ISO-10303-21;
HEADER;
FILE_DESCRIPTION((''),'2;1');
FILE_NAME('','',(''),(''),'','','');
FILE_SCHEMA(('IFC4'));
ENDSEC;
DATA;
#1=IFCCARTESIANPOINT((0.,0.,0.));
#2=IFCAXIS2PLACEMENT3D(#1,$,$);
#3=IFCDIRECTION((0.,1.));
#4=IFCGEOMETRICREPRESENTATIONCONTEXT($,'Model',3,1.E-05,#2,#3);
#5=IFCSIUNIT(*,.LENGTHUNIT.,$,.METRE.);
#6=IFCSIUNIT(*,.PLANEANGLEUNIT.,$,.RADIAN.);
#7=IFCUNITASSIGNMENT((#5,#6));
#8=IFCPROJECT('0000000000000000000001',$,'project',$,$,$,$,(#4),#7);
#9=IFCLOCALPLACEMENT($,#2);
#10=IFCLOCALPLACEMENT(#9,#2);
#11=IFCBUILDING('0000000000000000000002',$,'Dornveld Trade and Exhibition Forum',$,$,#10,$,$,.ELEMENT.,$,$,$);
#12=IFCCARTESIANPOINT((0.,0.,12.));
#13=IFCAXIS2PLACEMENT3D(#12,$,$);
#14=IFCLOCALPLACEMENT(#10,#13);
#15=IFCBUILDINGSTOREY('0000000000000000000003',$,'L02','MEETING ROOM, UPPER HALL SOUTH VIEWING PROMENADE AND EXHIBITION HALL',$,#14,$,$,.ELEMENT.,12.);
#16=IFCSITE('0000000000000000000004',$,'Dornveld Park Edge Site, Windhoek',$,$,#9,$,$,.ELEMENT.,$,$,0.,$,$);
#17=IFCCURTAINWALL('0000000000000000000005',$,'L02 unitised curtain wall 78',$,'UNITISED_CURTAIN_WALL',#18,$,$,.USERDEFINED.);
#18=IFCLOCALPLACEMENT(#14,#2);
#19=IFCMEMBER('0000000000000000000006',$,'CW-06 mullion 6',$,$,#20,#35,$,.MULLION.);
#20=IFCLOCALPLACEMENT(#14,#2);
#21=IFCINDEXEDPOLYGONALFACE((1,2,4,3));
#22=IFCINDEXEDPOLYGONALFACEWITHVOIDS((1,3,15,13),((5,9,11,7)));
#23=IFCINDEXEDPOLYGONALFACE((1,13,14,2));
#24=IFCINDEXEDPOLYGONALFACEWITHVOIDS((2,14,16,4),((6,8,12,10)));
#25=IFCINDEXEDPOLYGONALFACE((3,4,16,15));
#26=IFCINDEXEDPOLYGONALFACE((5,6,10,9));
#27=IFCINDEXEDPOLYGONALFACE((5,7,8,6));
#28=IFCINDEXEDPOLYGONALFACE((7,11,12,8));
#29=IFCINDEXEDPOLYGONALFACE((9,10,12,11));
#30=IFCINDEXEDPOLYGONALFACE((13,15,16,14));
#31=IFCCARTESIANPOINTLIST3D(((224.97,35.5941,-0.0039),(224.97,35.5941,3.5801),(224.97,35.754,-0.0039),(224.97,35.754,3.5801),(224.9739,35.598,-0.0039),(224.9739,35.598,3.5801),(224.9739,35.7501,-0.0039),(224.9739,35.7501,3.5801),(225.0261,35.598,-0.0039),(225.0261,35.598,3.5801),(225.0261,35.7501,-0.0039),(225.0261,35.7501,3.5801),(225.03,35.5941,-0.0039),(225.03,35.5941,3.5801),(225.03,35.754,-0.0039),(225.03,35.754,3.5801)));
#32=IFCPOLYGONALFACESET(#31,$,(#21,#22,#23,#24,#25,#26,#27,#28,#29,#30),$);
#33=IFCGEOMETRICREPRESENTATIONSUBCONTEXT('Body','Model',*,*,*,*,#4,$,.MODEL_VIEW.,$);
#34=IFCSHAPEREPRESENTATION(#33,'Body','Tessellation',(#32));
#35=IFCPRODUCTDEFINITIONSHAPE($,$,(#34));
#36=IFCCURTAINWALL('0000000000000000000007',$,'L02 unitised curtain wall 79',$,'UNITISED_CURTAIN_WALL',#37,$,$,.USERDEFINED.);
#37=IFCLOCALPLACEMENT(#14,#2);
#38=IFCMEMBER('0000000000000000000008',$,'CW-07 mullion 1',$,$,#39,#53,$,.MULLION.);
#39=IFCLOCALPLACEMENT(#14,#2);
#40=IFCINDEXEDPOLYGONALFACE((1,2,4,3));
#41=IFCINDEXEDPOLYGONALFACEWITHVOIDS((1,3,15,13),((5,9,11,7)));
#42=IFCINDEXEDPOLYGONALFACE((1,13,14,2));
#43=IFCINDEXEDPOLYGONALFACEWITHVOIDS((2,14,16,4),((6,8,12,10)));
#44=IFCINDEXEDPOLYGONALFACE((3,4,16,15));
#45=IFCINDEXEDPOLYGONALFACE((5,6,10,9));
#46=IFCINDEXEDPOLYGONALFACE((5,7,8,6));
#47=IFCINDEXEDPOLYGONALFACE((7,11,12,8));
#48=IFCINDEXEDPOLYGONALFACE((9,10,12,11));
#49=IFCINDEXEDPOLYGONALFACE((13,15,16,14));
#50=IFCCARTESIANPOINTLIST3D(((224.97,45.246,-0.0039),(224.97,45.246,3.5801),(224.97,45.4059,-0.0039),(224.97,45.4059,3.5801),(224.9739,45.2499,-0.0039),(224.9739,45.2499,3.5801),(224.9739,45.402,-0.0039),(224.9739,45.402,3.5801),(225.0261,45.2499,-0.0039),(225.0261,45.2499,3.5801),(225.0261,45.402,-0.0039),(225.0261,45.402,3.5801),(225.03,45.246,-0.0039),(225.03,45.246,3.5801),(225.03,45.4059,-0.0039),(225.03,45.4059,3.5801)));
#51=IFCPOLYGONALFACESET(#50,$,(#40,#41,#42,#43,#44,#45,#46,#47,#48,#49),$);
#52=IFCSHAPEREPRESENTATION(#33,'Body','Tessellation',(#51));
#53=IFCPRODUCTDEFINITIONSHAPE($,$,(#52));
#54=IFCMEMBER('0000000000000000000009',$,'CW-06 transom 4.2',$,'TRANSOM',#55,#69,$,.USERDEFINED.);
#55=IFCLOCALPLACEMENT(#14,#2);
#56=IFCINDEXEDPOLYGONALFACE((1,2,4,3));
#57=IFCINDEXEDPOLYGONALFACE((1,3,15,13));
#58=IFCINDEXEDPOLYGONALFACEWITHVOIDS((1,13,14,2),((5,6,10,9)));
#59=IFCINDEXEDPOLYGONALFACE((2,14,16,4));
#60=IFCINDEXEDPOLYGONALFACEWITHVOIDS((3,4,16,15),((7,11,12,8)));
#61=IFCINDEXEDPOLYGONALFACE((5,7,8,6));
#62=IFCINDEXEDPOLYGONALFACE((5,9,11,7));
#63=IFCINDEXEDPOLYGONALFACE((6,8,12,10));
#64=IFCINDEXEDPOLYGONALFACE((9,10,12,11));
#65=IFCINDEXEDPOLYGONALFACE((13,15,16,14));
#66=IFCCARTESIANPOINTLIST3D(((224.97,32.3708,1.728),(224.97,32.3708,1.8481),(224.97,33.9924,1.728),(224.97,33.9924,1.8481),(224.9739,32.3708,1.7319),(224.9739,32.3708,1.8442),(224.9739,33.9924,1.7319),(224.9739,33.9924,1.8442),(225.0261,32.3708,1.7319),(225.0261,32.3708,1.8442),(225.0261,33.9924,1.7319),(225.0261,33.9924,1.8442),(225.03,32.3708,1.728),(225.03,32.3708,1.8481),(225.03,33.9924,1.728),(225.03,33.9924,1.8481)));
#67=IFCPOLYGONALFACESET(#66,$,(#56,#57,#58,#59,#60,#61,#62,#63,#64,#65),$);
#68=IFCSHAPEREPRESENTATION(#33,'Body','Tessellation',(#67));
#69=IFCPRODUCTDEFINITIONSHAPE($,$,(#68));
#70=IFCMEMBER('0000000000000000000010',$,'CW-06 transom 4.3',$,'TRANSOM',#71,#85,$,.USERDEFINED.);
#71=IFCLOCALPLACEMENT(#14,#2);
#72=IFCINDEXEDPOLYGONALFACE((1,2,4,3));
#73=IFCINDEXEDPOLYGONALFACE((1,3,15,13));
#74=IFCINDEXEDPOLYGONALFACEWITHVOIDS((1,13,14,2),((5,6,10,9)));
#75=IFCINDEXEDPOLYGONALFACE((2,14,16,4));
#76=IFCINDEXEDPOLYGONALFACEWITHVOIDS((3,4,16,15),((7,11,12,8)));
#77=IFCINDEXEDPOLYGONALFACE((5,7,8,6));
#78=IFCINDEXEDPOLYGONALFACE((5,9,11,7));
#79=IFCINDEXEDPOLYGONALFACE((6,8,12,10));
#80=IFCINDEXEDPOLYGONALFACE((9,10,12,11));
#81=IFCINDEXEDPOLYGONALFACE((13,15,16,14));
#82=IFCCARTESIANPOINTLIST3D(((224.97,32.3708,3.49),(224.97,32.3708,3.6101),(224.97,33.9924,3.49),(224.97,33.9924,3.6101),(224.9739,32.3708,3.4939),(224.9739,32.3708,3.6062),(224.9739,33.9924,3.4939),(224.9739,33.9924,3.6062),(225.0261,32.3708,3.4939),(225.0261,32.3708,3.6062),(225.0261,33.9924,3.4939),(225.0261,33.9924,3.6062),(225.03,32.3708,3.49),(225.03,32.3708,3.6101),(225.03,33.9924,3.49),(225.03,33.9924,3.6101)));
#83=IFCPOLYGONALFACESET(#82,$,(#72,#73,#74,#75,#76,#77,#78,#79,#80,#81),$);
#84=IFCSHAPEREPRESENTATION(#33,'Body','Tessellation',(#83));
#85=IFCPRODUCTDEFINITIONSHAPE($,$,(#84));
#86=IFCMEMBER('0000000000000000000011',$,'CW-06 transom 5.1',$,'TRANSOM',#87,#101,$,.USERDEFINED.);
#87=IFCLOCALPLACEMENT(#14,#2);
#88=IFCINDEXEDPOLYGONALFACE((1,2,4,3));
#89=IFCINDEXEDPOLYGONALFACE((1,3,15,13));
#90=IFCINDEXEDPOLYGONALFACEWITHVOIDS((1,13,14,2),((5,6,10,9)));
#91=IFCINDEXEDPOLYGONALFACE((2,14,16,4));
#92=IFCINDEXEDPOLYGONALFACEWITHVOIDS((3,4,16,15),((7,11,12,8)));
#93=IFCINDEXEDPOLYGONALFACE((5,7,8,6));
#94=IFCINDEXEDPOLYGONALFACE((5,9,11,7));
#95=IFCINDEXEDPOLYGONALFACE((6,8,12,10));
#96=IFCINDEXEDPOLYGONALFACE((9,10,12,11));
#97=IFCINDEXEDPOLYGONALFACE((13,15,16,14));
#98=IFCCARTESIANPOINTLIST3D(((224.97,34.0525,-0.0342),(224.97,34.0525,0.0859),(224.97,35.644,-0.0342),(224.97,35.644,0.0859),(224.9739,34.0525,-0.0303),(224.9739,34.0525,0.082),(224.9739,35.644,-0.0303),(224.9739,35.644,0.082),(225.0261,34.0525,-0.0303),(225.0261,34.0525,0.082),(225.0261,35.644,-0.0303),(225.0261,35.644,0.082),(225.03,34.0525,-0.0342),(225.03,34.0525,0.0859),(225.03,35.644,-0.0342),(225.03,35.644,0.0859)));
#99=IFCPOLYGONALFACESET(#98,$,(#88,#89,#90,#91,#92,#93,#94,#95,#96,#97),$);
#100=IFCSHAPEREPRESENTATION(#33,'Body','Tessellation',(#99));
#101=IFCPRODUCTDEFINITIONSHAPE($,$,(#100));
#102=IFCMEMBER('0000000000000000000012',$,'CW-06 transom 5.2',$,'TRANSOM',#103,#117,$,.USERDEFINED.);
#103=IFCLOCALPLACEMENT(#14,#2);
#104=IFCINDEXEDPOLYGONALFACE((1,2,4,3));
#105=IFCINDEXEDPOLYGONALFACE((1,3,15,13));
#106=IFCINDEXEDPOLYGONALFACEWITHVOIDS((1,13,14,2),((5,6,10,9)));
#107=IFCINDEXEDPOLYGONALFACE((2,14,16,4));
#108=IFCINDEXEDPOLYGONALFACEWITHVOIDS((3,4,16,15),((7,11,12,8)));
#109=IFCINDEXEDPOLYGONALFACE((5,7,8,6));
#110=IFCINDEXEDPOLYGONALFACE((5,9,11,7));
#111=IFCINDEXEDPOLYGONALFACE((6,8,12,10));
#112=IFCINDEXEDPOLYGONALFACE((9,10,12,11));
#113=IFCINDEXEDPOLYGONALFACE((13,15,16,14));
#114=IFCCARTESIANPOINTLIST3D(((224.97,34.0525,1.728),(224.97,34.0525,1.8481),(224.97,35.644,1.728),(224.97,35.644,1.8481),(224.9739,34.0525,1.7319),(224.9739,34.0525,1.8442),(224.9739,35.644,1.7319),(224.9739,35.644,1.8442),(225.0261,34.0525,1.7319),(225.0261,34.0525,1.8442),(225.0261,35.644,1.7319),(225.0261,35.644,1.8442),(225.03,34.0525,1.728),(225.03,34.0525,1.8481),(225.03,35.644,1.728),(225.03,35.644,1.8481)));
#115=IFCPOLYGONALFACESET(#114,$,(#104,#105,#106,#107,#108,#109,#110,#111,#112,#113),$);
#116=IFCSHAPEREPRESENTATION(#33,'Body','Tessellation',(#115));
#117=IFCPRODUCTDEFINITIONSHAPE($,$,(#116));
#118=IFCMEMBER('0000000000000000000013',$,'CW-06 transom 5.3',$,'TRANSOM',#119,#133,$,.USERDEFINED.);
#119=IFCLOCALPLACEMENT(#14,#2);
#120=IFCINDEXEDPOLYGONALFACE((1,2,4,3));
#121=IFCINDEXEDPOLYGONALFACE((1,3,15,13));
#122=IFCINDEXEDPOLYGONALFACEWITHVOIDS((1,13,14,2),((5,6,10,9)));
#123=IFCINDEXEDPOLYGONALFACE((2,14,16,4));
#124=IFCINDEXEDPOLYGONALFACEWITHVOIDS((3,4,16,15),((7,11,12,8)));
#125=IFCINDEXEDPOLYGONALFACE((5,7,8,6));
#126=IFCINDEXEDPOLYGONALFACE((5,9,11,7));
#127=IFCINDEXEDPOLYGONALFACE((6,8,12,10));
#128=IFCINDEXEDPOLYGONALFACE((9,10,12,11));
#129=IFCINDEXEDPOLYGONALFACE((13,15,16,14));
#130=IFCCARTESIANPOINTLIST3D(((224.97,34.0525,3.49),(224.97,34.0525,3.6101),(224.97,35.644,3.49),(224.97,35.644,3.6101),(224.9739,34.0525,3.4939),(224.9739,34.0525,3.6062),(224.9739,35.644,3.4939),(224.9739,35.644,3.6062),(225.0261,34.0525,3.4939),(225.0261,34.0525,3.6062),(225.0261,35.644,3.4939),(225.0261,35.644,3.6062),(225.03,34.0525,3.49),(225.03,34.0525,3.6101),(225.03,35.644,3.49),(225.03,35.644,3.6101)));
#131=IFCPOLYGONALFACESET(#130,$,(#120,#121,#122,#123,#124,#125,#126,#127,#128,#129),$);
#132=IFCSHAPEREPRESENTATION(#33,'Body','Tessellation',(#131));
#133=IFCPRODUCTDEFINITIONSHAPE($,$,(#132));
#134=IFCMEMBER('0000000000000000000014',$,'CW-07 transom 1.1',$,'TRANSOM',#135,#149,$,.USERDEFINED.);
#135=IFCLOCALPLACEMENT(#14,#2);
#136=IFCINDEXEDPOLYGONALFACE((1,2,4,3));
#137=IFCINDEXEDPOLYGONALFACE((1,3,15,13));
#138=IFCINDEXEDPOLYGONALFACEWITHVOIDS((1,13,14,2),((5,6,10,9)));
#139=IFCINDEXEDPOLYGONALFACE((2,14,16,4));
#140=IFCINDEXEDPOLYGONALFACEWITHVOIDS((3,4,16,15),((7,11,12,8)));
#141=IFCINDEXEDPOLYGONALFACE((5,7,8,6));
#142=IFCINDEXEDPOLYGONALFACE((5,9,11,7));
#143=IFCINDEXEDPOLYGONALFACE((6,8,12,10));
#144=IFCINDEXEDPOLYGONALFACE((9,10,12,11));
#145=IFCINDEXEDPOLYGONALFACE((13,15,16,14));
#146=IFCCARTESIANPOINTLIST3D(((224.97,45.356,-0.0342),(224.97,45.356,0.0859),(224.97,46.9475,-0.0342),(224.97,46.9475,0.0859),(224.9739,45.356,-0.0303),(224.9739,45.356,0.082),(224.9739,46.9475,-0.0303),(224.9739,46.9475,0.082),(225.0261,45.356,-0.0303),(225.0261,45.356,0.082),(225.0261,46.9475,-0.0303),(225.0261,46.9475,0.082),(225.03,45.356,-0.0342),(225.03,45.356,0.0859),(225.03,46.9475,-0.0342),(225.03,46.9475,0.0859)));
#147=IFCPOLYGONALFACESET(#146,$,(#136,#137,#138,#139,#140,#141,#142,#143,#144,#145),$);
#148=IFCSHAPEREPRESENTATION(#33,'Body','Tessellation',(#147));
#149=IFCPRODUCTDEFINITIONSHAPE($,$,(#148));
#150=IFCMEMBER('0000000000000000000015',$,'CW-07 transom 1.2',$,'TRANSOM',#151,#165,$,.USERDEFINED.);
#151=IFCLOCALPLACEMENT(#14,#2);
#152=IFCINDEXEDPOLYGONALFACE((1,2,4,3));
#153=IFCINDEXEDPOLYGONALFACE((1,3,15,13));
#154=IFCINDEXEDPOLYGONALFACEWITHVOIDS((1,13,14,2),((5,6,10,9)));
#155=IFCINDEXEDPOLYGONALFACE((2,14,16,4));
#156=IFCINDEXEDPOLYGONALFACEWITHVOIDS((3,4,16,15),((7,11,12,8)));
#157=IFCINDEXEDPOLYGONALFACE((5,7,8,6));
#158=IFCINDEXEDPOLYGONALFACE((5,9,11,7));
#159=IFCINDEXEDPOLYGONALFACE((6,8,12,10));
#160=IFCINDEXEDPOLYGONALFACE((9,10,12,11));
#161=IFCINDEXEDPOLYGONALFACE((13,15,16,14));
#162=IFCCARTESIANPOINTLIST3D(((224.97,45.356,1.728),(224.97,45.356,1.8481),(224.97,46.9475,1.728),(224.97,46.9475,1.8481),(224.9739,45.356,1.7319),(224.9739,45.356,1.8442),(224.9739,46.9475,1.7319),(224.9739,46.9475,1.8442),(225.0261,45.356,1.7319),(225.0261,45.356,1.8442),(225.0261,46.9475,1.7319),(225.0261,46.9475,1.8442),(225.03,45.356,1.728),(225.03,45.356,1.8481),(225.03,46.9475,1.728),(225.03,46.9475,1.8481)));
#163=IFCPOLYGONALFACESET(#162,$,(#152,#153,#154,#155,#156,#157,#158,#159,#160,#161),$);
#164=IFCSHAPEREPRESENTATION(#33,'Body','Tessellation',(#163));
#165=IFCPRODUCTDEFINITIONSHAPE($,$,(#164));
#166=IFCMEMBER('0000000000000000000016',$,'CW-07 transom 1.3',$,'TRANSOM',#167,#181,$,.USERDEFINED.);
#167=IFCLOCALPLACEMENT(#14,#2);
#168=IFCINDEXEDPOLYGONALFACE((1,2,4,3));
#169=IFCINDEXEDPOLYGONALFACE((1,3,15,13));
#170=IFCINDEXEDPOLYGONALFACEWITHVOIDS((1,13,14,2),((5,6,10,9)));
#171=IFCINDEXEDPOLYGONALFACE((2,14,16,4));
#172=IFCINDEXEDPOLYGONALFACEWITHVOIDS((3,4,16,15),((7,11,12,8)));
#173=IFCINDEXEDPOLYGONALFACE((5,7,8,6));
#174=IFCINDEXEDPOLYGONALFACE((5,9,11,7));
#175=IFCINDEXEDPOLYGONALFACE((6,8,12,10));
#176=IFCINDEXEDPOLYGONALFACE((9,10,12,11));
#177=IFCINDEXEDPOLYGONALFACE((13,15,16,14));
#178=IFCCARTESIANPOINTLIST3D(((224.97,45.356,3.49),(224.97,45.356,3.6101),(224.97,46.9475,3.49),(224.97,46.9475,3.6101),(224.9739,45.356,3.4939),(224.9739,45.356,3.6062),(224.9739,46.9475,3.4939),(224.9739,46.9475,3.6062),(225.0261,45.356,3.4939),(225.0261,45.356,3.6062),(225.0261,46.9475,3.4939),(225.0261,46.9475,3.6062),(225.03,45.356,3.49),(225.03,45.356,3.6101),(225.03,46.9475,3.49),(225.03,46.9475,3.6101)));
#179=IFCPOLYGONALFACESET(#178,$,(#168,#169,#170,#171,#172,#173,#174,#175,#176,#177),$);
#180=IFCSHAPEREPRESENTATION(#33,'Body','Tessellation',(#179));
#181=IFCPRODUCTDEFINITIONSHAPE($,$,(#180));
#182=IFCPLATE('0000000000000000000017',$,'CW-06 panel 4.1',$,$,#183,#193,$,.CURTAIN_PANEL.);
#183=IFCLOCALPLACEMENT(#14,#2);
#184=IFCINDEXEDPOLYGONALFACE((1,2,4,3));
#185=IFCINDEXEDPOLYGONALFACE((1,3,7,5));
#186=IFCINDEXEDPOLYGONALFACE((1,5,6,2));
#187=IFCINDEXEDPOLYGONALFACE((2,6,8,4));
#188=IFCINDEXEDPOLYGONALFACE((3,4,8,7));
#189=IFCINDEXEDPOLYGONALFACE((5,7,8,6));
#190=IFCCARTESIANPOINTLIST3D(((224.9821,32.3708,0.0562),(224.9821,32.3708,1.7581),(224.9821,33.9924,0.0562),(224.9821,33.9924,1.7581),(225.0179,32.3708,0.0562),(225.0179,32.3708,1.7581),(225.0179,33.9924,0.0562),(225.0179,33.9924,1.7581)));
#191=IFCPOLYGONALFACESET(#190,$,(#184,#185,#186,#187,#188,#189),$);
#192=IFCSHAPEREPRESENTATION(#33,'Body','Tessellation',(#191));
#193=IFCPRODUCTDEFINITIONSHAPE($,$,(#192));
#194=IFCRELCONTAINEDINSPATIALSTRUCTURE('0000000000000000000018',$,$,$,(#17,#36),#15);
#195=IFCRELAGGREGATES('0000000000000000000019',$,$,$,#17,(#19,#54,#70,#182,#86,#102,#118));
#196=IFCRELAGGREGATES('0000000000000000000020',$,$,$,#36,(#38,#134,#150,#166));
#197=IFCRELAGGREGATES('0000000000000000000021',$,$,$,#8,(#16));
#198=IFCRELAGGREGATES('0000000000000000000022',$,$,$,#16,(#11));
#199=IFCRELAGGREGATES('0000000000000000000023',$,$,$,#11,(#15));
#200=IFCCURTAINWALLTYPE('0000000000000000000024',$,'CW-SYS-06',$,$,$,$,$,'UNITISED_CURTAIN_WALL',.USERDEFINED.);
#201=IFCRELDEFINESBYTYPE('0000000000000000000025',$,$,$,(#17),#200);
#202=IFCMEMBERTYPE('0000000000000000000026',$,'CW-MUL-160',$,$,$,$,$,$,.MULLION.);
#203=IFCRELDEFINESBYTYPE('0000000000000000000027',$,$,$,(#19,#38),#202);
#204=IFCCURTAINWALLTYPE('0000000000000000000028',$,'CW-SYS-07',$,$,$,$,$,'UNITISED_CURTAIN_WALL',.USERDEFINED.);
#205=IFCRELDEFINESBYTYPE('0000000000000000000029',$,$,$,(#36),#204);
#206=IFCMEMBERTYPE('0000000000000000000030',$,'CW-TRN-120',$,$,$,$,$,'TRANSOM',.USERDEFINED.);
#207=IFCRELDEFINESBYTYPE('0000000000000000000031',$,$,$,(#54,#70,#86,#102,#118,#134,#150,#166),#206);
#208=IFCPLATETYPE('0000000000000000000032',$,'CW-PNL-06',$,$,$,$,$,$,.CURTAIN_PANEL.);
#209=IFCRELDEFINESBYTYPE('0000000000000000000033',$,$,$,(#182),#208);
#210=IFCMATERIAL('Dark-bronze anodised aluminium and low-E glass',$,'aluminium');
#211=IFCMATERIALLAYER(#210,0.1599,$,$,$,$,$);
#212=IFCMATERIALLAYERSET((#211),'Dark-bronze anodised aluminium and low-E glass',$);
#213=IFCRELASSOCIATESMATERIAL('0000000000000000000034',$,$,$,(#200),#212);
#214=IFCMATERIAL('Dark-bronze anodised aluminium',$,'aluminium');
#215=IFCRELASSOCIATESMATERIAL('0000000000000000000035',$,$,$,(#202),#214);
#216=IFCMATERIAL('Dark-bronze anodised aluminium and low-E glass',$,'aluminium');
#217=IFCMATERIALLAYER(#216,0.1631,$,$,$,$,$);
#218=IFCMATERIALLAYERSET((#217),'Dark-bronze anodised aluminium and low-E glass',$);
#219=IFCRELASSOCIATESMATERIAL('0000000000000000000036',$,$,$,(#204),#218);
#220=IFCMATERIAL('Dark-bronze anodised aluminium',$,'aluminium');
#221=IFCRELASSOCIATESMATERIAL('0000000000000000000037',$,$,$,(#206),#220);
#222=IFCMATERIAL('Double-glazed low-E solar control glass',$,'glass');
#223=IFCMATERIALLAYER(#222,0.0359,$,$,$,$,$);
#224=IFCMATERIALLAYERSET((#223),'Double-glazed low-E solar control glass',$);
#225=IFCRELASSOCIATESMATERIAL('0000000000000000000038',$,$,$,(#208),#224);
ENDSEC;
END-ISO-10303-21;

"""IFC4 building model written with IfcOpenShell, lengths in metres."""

from ifc_helpers import new_model, si_unit, direction, frame, origin, origin_2d, place, context, subcontext, project, spatial, rectangle, hollow_rectangle, extrude, material, layer, layer_set, material_profile, profile_set, type_object, element, aggregate, save


model = new_model("IFC4")

# Units and contexts
model_context = context("Model", 3, precision=1e-05, world=origin(), true_north=direction((0.0, 1.0)))
body_context = subcontext(model_context, "Body", "Model", "MODEL_VIEW")
ifc_project = project(units=[si_unit("LENGTHUNIT", "METRE"), si_unit("PLANEANGLEUNIT", "RADIAN")], contexts=[model_context])

# Site, building, storey
site_placement = place(None, origin())
site = spatial("IfcSite", under=ifc_project, at=site_placement, Name="Dornveld Park Edge Site, Windhoek", CompositionType="ELEMENT", RefElevation=0.0)
building_placement = place(site_placement, origin())
building = spatial("IfcBuilding", under=site, at=building_placement, Name="Dornveld Trade and Exhibition Forum", CompositionType="ELEMENT")
storey_placement = place(building_placement, frame((0.0, 0.0, 12.0)))
storey = spatial("IfcBuildingStorey", under=building, at=storey_placement, Name="L02", Description="MEETING ROOM, UPPER HALL SOUTH VIEWING PROMENADE AND EXHIBITION HALL", CompositionType="ELEMENT", Elevation=12.0)

# Curtain wall, member
ifc_material_1 = material(Name="Dark-bronze anodised aluminium and low-E glass", Category="aluminium")
ifc_layer_1 = layer(ifc_material_1, 0.1599)
ifc_layer_set_1 = layer_set([ifc_layer_1], Name="Dark-bronze anodised aluminium and low-E glass")
curtain_wall_type_1 = type_object("IfcCurtainWallType", Name="CW-SYS-06", ElementType="UNITISED_CURTAIN_WALL", PredefinedType="USERDEFINED", material=ifc_layer_set_1)
curtain_wall_1_placement = place(storey_placement, origin())
curtain_wall_1 = element("IfcCurtainWall", 1, at=curtain_wall_1_placement, inside=storey, type_object=curtain_wall_type_1, Name="L02 unitised curtain wall 78", ObjectType="UNITISED_CURTAIN_WALL", PredefinedType="USERDEFINED")
ifc_material_2 = material(Name="Dark-bronze anodised aluminium", Category="aluminium")
ifc_material_profile_1 = material_profile(ifc_material_2, hollow_rectangle(XDim=0.0601, YDim=0.1599, WallThickness=0.0039, at=origin_2d()), Name="RHS 160x60x4")
ifc_profile_set_1 = profile_set([ifc_material_profile_1], Name="Dark-bronze anodised aluminium")
member_type_1 = type_object("IfcMemberType", Name="CW-MUL-160", PredefinedType="MULLION", material=ifc_profile_set_1)
member_1_placement = place(storey_placement, frame((225.0, 35.6741, -0.0039), z_axis=(0.0, 0.0, 1.0), x_axis=(-1.0, 0.0, 0.0)))
member_1 = element("IfcMember", 2, at=member_1_placement, type_object=member_type_1, Name="CW-06 mullion 6", PredefinedType="MULLION", context=body_context, shape_type="SweptSolid", body=[
    extrude(hollow_rectangle(XDim=0.0601, YDim=0.1599, WallThickness=0.0039, at=origin_2d()), origin(), (0.0, 0.0, 1.0), 3.584),
])

# Curtain wall, member
ifc_material_3 = material(Name="Dark-bronze anodised aluminium and low-E glass", Category="aluminium")
ifc_layer_2 = layer(ifc_material_3, 0.1631)
ifc_layer_set_2 = layer_set([ifc_layer_2], Name="Dark-bronze anodised aluminium and low-E glass")
curtain_wall_type_2 = type_object("IfcCurtainWallType", Name="CW-SYS-07", ElementType="UNITISED_CURTAIN_WALL", PredefinedType="USERDEFINED", material=ifc_layer_set_2)
curtain_wall_2_placement = place(storey_placement, origin())
curtain_wall_2 = element("IfcCurtainWall", 3, at=curtain_wall_2_placement, inside=storey, type_object=curtain_wall_type_2, Name="L02 unitised curtain wall 79", ObjectType="UNITISED_CURTAIN_WALL", PredefinedType="USERDEFINED")
member_2_placement = place(storey_placement, frame((225.0, 45.3259, -0.0039), z_axis=(0.0, 0.0, 1.0), x_axis=(-1.0, 0.0, 0.0)))
member_2 = element("IfcMember", 4, at=member_2_placement, type_object=member_type_1, Name="CW-07 mullion 1", PredefinedType="MULLION", context=body_context, shape_type="SweptSolid", body=[
    extrude(hollow_rectangle(XDim=0.0601, YDim=0.1599, WallThickness=0.0039, at=origin_2d()), origin(), (0.0, 0.0, 1.0), 3.584),
])

# Members
ifc_material_4 = material(Name="Dark-bronze anodised aluminium", Category="aluminium")
ifc_material_profile_2 = material_profile(ifc_material_4, hollow_rectangle(XDim=0.0601, YDim=0.1201, WallThickness=0.0039, at=origin_2d()), Name="RHS 120x60x4")
ifc_profile_set_2 = profile_set([ifc_material_profile_2], Name="Dark-bronze anodised aluminium")
member_type_2 = type_object("IfcMemberType", Name="CW-TRN-120", ElementType="TRANSOM", PredefinedType="USERDEFINED", material=ifc_profile_set_2)
member_3_placement = place(storey_placement, frame((225.0, 32.3708, 1.7881), z_axis=(0.0, 1.0, 0.0), x_axis=(-1.0, 0.0, 0.0)))
member_3 = element("IfcMember", 5, at=member_3_placement, type_object=member_type_2, Name="CW-06 transom 4.2", ObjectType="TRANSOM", PredefinedType="USERDEFINED", context=body_context, shape_type="SweptSolid", body=[
    extrude(hollow_rectangle(XDim=0.0601, YDim=0.1201, WallThickness=0.0039, at=origin_2d()), origin(), (0.0, 0.0, 1.0), 1.6216),
])
member_4_placement = place(storey_placement, frame((225.0, 32.3708, 3.55), z_axis=(0.0, 1.0, 0.0), x_axis=(-1.0, 0.0, 0.0)))
member_4 = element("IfcMember", 6, at=member_4_placement, type_object=member_type_2, Name="CW-06 transom 4.3", ObjectType="TRANSOM", PredefinedType="USERDEFINED", context=body_context, shape_type="SweptSolid", body=[
    extrude(hollow_rectangle(XDim=0.0601, YDim=0.1201, WallThickness=0.0039, at=origin_2d()), origin(), (0.0, 0.0, 1.0), 1.6216),
])
member_5_placement = place(storey_placement, frame((225.0, 34.0525, 0.0259), z_axis=(0.0, 1.0, 0.0), x_axis=(-1.0, 0.0, 0.0)))
member_5 = element("IfcMember", 7, at=member_5_placement, type_object=member_type_2, Name="CW-06 transom 5.1", ObjectType="TRANSOM", PredefinedType="USERDEFINED", context=body_context, shape_type="SweptSolid", body=[
    extrude(hollow_rectangle(XDim=0.0601, YDim=0.1201, WallThickness=0.0039, at=origin_2d()), origin(), (0.0, 0.0, 1.0), 1.5916),
])
member_6_placement = place(storey_placement, frame((225.0, 34.0525, 1.7881), z_axis=(0.0, 1.0, 0.0), x_axis=(-1.0, 0.0, 0.0)))
member_6 = element("IfcMember", 8, at=member_6_placement, type_object=member_type_2, Name="CW-06 transom 5.2", ObjectType="TRANSOM", PredefinedType="USERDEFINED", context=body_context, shape_type="SweptSolid", body=[
    extrude(hollow_rectangle(XDim=0.0601, YDim=0.1201, WallThickness=0.0039, at=origin_2d()), origin(), (0.0, 0.0, 1.0), 1.5916),
])
member_7_placement = place(storey_placement, frame((225.0, 34.0525, 3.55), z_axis=(0.0, 1.0, 0.0), x_axis=(-1.0, 0.0, 0.0)))
member_7 = element("IfcMember", 9, at=member_7_placement, type_object=member_type_2, Name="CW-06 transom 5.3", ObjectType="TRANSOM", PredefinedType="USERDEFINED", context=body_context, shape_type="SweptSolid", body=[
    extrude(hollow_rectangle(XDim=0.0601, YDim=0.1201, WallThickness=0.0039, at=origin_2d()), origin(), (0.0, 0.0, 1.0), 1.5916),
])
member_8_placement = place(storey_placement, frame((225.0, 45.356, 0.0259), z_axis=(0.0, 1.0, 0.0), x_axis=(-1.0, 0.0, 0.0)))
member_8 = element("IfcMember", 10, at=member_8_placement, type_object=member_type_2, Name="CW-07 transom 1.1", ObjectType="TRANSOM", PredefinedType="USERDEFINED", context=body_context, shape_type="SweptSolid", body=[
    extrude(hollow_rectangle(XDim=0.0601, YDim=0.1201, WallThickness=0.0039, at=origin_2d()), origin(), (0.0, 0.0, 1.0), 1.5916),
])
member_9_placement = place(storey_placement, frame((225.0, 45.356, 1.7881), z_axis=(0.0, 1.0, 0.0), x_axis=(-1.0, 0.0, 0.0)))
member_9 = element("IfcMember", 11, at=member_9_placement, type_object=member_type_2, Name="CW-07 transom 1.2", ObjectType="TRANSOM", PredefinedType="USERDEFINED", context=body_context, shape_type="SweptSolid", body=[
    extrude(hollow_rectangle(XDim=0.0601, YDim=0.1201, WallThickness=0.0039, at=origin_2d()), origin(), (0.0, 0.0, 1.0), 1.5916),
])
member_10_placement = place(storey_placement, frame((225.0, 45.356, 3.55), z_axis=(0.0, 1.0, 0.0), x_axis=(-1.0, 0.0, 0.0)))
member_10 = element("IfcMember", 12, at=member_10_placement, type_object=member_type_2, Name="CW-07 transom 1.3", ObjectType="TRANSOM", PredefinedType="USERDEFINED", context=body_context, shape_type="SweptSolid", body=[
    extrude(hollow_rectangle(XDim=0.0601, YDim=0.1201, WallThickness=0.0039, at=origin_2d()), origin(), (0.0, 0.0, 1.0), 1.5916),
])

# Plate
ifc_material_5 = material(Name="Double-glazed low-E solar control glass", Category="glass")
ifc_layer_3 = layer(ifc_material_5, 0.0359)
ifc_layer_set_3 = layer_set([ifc_layer_3], Name="Double-glazed low-E solar control glass")
plate_type_1 = type_object("IfcPlateType", Name="CW-PNL-06", PredefinedType="CURTAIN_PANEL", material=ifc_layer_set_3)
plate_1_placement = place(storey_placement, frame((225.0, 33.1816, 0.0562), z_axis=(0.0, 0.0, 1.0), x_axis=(0.0, 1.0, 0.0)))
plate_1 = element("IfcPlate", 13, at=plate_1_placement, type_object=plate_type_1, Name="CW-06 panel 4.1", PredefinedType="CURTAIN_PANEL", context=body_context, shape_type="SweptSolid", body=[
    extrude(rectangle(XDim=1.6216, YDim=0.0359, at=origin_2d()), origin(), (0.0, 0.0, 1.0), 1.7019),
])
aggregate(curtain_wall_1, [member_1, member_3, member_4, plate_1, member_5, member_6, member_7])
aggregate(curtain_wall_2, [member_2, member_8, member_9, member_10])

save(model, "model.ifc")
